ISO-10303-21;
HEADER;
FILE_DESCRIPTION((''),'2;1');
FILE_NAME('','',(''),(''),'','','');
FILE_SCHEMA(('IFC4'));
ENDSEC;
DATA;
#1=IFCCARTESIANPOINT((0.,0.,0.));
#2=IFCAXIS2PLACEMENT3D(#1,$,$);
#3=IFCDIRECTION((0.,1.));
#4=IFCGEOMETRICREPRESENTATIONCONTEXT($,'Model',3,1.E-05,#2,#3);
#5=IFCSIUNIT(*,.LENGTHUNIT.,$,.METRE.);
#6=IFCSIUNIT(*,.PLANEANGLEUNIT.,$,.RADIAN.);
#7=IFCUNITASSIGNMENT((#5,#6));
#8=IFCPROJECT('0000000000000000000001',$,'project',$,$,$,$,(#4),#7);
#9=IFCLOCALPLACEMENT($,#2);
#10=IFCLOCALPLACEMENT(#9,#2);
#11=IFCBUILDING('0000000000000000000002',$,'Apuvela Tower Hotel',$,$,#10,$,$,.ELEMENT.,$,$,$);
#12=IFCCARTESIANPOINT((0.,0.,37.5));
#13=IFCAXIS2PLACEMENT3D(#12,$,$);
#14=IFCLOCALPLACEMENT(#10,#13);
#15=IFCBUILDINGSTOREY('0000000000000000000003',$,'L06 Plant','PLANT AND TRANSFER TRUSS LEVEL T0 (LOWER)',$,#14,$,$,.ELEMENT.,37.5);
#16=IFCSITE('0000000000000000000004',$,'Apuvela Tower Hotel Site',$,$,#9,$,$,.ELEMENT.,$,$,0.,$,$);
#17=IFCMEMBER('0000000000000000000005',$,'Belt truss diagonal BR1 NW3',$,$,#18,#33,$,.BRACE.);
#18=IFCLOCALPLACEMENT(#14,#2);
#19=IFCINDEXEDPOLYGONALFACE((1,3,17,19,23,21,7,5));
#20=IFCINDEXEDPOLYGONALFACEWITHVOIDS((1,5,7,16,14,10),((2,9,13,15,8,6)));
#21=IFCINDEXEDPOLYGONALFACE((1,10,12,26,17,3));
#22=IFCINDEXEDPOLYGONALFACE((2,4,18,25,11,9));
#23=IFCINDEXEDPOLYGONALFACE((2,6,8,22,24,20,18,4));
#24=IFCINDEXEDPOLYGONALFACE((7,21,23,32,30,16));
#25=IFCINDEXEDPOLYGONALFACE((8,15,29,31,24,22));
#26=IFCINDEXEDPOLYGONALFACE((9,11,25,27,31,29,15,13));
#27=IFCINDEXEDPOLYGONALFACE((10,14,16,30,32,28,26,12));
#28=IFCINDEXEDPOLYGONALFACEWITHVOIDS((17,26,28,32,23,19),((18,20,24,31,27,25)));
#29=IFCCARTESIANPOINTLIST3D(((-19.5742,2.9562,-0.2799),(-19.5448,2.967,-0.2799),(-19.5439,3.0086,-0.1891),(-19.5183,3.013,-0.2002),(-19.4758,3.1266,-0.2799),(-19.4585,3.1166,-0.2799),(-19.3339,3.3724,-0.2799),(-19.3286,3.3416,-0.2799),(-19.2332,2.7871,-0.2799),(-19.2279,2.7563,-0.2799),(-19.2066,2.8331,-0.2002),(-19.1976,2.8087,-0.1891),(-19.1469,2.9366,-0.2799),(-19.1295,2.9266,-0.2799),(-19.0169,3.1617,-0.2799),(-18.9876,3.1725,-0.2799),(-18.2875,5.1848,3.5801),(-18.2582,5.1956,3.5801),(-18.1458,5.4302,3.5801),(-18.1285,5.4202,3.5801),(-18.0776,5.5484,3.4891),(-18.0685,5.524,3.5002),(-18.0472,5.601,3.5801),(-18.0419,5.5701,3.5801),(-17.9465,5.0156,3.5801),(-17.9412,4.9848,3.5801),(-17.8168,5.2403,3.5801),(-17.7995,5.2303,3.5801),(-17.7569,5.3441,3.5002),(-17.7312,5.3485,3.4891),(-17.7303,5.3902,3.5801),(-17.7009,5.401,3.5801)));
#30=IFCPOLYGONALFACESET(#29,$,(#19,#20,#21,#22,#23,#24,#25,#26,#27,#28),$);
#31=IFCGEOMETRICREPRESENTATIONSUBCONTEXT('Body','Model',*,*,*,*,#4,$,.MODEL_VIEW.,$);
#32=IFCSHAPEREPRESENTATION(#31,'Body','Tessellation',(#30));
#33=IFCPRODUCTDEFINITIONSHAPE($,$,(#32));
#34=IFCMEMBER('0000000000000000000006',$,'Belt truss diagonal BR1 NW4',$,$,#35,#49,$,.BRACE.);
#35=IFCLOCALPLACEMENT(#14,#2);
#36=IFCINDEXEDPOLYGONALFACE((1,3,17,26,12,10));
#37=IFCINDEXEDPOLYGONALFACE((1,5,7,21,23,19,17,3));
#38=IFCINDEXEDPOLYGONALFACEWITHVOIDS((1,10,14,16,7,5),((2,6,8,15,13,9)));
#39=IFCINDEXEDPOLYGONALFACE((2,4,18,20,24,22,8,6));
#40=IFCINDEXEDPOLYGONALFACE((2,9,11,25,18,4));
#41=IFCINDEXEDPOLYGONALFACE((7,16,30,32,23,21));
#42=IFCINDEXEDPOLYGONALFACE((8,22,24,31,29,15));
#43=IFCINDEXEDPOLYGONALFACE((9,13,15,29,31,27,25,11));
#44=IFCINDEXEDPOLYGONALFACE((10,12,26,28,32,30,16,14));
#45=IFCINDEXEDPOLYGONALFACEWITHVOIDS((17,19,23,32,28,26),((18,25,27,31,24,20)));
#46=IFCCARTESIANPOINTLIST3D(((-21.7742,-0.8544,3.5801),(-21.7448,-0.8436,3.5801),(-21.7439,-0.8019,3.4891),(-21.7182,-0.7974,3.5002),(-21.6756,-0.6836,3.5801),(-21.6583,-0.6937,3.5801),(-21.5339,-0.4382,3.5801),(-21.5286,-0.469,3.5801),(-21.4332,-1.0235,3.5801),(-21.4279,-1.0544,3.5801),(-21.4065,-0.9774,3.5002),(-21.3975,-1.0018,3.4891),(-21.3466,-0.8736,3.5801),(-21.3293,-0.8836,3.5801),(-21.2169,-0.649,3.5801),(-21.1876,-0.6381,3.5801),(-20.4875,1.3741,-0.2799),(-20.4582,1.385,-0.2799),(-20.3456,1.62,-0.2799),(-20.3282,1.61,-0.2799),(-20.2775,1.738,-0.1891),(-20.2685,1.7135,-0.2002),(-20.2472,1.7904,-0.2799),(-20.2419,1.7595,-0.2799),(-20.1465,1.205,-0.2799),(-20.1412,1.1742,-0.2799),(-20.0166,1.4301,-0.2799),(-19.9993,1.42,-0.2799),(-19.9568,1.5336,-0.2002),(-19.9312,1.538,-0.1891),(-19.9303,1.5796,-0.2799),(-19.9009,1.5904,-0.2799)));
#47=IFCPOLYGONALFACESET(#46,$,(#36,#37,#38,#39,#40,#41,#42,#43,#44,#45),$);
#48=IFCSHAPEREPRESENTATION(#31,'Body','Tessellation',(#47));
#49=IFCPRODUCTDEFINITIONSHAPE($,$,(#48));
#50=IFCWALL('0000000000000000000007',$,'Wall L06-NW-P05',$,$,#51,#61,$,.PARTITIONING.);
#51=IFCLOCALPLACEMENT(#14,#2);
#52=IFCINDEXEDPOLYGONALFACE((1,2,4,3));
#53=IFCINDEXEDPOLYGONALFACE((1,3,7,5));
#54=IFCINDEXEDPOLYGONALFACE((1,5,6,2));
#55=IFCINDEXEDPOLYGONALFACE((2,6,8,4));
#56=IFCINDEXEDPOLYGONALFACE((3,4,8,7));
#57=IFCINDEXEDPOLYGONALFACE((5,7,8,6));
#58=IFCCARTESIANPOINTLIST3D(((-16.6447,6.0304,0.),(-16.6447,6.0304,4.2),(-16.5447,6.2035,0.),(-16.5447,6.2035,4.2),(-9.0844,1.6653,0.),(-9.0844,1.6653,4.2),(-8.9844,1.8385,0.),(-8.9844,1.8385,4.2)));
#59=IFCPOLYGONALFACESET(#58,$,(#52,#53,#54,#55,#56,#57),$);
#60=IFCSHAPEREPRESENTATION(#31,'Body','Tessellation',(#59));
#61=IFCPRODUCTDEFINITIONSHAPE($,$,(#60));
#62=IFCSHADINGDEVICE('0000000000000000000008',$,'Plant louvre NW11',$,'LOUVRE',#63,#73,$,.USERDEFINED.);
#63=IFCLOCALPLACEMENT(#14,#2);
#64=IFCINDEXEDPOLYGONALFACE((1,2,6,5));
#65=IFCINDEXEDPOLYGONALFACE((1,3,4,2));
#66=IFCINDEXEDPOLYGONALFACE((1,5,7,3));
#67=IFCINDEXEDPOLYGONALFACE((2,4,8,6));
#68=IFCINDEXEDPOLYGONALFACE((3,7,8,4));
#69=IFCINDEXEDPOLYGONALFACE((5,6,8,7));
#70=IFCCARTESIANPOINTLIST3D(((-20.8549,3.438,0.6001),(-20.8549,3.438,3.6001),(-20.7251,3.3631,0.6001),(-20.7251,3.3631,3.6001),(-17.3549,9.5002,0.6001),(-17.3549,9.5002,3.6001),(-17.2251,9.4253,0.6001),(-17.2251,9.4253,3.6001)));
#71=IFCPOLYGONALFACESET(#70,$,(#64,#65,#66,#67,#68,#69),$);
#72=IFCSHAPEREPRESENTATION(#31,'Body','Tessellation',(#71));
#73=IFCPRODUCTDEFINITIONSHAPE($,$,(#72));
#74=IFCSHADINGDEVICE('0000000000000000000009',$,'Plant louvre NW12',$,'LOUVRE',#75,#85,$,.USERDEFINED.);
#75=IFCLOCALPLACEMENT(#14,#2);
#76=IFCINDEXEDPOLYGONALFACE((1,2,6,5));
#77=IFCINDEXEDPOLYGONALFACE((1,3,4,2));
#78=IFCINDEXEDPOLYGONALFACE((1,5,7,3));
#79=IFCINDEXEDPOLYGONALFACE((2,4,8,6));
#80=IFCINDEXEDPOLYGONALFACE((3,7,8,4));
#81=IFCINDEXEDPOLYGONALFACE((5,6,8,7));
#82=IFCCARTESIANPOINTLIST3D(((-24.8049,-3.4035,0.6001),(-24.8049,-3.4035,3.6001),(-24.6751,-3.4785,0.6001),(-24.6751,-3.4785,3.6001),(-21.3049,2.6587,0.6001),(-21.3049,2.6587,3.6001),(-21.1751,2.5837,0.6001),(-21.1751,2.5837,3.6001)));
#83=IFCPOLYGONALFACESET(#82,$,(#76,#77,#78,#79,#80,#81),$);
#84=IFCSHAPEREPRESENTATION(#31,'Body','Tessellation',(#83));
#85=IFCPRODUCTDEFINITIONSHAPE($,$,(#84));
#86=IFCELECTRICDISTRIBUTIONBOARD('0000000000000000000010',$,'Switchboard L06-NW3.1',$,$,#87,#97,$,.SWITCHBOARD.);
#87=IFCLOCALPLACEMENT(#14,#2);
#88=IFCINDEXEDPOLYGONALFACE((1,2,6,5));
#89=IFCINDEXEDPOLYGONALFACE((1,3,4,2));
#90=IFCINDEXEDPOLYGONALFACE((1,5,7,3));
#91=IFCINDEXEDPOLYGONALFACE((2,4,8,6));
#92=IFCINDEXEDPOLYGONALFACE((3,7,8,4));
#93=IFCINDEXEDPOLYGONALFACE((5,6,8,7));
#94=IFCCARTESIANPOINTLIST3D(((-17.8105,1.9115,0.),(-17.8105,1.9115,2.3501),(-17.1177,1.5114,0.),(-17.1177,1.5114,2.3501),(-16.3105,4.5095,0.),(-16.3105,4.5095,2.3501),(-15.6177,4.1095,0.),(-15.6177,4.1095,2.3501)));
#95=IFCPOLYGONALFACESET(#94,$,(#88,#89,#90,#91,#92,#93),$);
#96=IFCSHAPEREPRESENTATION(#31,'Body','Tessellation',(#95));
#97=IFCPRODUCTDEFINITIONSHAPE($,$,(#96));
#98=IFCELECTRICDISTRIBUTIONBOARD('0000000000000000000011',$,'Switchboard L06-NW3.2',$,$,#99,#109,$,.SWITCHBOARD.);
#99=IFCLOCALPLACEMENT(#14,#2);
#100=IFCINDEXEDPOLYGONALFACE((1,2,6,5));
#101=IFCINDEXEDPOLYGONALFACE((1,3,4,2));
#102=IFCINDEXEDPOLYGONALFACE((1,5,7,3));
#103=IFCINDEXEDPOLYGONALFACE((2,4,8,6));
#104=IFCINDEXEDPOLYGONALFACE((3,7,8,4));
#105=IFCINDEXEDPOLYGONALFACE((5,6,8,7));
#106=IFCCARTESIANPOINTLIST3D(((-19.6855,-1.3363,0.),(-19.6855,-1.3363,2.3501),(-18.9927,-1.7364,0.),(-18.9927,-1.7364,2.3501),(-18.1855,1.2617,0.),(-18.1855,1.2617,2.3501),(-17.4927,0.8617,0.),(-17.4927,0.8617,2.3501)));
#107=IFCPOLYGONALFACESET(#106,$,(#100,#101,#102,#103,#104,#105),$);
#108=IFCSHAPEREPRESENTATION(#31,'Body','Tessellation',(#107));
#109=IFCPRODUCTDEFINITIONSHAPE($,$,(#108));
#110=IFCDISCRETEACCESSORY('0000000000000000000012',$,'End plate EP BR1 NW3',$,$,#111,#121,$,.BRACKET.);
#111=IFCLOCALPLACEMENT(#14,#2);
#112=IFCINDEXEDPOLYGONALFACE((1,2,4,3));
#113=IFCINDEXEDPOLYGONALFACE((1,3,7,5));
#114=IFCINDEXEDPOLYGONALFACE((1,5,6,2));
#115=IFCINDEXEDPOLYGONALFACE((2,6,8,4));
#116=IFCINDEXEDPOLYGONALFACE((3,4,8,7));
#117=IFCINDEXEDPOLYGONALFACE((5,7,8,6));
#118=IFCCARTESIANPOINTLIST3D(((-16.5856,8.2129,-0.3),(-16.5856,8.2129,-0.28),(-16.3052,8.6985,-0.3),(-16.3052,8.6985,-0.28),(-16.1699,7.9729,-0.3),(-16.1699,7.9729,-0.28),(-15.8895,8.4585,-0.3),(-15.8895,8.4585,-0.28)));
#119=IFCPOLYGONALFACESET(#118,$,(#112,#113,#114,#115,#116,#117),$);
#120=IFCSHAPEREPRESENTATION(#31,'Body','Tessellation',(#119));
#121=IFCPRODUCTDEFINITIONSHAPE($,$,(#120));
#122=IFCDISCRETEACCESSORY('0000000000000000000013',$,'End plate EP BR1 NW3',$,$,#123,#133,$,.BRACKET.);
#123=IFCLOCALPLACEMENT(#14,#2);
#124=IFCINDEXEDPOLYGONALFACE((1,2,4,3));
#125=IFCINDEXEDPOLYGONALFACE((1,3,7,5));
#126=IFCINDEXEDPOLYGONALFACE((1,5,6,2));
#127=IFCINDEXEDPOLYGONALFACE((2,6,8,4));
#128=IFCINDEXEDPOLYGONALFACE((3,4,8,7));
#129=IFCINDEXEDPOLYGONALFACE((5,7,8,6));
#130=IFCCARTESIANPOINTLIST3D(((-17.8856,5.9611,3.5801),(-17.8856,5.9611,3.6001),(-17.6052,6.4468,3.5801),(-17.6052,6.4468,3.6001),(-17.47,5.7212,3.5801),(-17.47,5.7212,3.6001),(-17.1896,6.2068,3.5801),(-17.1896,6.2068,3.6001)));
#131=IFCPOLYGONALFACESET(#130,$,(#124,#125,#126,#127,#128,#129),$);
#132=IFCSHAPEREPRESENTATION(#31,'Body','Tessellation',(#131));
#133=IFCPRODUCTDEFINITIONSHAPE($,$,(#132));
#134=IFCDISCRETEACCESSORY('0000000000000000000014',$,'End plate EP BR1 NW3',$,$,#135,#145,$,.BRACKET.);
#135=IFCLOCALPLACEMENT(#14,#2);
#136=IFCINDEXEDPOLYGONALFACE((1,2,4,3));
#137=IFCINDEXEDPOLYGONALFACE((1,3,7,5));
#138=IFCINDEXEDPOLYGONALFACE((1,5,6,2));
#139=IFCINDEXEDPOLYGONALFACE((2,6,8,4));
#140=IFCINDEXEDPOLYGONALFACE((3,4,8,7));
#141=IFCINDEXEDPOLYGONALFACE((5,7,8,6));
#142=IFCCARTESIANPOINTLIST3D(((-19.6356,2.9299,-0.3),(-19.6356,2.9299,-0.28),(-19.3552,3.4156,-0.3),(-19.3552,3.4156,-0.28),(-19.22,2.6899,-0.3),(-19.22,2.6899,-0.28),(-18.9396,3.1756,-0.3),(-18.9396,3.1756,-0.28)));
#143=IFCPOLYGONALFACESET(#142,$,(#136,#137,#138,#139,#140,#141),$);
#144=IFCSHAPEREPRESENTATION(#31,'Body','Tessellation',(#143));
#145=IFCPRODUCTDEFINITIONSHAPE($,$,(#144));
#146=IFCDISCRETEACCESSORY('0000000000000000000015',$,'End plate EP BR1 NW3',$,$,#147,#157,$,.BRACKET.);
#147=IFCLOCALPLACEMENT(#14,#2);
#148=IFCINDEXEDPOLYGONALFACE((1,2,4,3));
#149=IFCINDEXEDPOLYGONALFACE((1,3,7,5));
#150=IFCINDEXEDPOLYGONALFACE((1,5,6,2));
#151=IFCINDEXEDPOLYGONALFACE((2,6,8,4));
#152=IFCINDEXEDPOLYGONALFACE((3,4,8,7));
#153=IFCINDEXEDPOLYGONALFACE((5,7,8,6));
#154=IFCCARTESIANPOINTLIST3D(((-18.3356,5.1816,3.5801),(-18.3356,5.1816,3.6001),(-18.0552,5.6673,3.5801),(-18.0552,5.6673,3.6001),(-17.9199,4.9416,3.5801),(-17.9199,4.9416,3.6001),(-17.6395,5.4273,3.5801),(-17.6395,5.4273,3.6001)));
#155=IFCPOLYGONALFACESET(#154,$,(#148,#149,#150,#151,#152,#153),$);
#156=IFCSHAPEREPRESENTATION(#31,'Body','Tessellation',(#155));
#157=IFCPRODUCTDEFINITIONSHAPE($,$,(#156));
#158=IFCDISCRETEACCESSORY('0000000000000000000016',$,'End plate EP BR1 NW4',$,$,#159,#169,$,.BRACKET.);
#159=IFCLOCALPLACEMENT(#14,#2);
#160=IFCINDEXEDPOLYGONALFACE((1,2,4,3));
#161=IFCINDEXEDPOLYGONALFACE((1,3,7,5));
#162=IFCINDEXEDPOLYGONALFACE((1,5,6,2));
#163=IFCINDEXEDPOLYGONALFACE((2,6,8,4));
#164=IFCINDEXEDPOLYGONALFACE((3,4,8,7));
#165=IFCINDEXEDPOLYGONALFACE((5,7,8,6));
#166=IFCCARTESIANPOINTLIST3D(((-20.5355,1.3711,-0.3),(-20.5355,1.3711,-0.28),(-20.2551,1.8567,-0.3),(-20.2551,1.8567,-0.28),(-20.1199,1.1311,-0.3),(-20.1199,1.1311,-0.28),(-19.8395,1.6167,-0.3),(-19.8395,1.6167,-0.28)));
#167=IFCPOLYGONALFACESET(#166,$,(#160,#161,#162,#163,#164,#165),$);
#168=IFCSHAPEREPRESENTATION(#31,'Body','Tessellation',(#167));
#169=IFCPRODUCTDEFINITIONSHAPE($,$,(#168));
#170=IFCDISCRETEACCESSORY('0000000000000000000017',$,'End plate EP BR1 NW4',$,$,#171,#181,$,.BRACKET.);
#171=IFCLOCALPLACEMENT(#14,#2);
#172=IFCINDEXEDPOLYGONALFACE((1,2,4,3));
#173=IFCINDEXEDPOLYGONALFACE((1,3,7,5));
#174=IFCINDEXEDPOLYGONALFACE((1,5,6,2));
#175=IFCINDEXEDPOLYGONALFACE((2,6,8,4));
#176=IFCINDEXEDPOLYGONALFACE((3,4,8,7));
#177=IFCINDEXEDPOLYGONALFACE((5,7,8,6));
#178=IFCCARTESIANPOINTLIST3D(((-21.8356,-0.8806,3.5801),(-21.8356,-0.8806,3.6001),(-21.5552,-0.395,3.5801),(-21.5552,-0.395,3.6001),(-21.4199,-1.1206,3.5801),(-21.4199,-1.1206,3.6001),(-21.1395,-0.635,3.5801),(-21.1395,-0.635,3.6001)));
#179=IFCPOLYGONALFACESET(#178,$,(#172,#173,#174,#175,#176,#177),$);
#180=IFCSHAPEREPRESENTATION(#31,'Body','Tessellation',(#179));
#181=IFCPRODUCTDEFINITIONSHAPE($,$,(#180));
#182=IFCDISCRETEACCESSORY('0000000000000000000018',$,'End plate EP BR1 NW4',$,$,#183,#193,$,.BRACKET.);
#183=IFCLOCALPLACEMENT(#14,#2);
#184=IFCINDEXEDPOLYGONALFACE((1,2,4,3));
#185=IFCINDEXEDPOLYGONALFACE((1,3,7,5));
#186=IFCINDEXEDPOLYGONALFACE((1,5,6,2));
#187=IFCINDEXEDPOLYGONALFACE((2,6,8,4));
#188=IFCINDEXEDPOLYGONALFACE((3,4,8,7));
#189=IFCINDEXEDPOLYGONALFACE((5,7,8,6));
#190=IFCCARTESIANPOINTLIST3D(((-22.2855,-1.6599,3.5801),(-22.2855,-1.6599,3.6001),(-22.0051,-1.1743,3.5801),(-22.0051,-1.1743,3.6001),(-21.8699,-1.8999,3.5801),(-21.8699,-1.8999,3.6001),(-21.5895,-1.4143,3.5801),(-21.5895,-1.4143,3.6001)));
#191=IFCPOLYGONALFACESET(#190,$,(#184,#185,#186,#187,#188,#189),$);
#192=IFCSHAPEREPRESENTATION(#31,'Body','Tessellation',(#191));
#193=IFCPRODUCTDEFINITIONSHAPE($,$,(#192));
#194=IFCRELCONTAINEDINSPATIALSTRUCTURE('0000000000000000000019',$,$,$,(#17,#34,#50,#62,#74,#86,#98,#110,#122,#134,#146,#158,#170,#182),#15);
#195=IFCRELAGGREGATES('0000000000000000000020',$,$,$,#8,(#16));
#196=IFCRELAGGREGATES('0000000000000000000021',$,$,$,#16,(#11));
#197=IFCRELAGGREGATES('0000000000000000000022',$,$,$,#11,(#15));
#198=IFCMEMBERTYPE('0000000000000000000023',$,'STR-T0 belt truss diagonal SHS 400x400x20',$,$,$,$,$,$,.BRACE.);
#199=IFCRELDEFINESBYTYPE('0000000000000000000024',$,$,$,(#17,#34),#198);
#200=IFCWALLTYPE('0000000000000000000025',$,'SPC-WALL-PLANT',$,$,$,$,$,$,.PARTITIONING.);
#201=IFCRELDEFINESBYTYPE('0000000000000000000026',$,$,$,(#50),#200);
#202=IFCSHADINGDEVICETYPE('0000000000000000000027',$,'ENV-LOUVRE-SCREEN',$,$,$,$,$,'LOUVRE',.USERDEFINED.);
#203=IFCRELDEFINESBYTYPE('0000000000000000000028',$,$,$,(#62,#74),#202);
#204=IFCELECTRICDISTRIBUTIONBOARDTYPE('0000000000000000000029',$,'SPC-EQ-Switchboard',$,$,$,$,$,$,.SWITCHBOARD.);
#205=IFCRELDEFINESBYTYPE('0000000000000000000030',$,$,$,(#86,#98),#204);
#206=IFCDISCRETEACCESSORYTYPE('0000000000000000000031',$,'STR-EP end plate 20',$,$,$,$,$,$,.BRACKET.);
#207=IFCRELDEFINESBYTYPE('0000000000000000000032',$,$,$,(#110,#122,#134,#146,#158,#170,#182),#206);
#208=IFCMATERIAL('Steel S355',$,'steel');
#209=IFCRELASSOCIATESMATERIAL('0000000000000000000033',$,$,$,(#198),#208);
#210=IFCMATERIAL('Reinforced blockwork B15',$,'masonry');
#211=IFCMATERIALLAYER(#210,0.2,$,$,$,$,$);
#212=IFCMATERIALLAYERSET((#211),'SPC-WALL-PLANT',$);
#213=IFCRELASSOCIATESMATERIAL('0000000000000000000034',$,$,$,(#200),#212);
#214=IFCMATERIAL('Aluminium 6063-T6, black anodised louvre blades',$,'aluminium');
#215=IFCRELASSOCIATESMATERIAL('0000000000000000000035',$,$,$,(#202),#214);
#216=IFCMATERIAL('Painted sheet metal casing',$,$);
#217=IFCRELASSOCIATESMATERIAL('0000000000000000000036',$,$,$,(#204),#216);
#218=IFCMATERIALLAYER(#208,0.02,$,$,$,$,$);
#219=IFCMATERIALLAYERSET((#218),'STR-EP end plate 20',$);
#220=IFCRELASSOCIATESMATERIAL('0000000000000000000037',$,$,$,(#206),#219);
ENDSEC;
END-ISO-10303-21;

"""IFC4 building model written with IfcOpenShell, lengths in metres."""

from ifc_helpers import new_model, si_unit, direction, frame, frame_2d, origin, origin_2d, place, context, subcontext, project, spatial, rectangle, hollow_rectangle, extrude, boolean, halfspace, material, layer, layer_set, material_profile, profile_set, type_object, element, save


model = new_model("IFC4")

# Units and contexts
model_context = context("Model", 3, precision=1e-05, world=origin(), true_north=direction((0.0, 1.0)))
body_context = subcontext(model_context, "Body", "Model", "MODEL_VIEW")
ifc_project = project(units=[si_unit("LENGTHUNIT", "METRE"), si_unit("PLANEANGLEUNIT", "RADIAN")], contexts=[model_context])

# Site, building, storey
site_placement = place(None, origin())
site = spatial("IfcSite", under=ifc_project, at=site_placement, Name="Apuvela Tower Hotel Site", CompositionType="ELEMENT", RefElevation=0.0)
building_placement = place(site_placement, origin())
building = spatial("IfcBuilding", under=site, at=building_placement, Name="Apuvela Tower Hotel", CompositionType="ELEMENT")
storey_placement = place(building_placement, frame((0.0, 0.0, 37.5)))
storey = spatial("IfcBuildingStorey", under=building, at=storey_placement, Name="L06 Plant", Description="PLANT AND TRANSFER TRUSS LEVEL T0 (LOWER)", CompositionType="ELEMENT", Elevation=37.5)

# Shared definitions
ifc_material_1 = material(Name="Steel S355", Category="steel")

# Members
ifc_material_profile_1 = material_profile(ifc_material_1, hollow_rectangle(XDim=0.3999, YDim=0.3999, WallThickness=0.02, at=origin_2d()), Name="SHS 400x400x20")
ifc_profile_set_1 = profile_set([ifc_material_profile_1], Name="Steel S355")
member_type_1 = type_object("IfcMemberType", Name="STR-T0 belt truss diagonal SHS 400x400x20", PredefinedType="BRACE", material=ifc_profile_set_1)
member_1_placement = place(storey_placement, frame((-19.2876, 3.0527, -0.3), z_axis=(0.277351, 0.480378, 0.832054), x_axis=(-0.416033, -0.720576, 0.554695)))
solid_1 = boolean("DIFFERENCE", boolean("DIFFERENCE", extrude(hollow_rectangle(XDim=0.3999, YDim=0.3999, WallThickness=0.02, at=origin_2d()), frame((0.0, 0.0, -0.2534)), (0.0, 0.0, 1.0), 5.1941), halfspace(frame((0.0, 0.0, 0.0242), z_axis=(0.554695, 0.0, 0.832054), x_axis=(0.832054, 0.0, -0.554695)), True)), halfspace(frame((0.0, 0.0, 4.6633), z_axis=(0.554695, 0.0, 0.832054), x_axis=(0.832054, 0.0, -0.554695)), False))
element("IfcMember", 1, at=member_1_placement, inside=storey, type_object=member_type_1, Name="Belt truss diagonal BR1 NW3", PredefinedType="BRACE", context=body_context, shape_type="SweptSolid", body=[
    boolean("UNION", boolean("DIFFERENCE", boolean("DIFFERENCE", extrude(hollow_rectangle(XDim=0.3999, YDim=0.3999, WallThickness=0.02, at=origin_2d()), origin(), (0.0, 0.0, 1.0), 4.6873), halfspace(frame((0.0, 0.0, 0.0242), z_axis=(0.554695, 0.0, 0.832054), x_axis=(0.832054, 0.0, -0.554695)), True)), halfspace(frame((0.0, 0.0, 4.6633), z_axis=(0.554695, 0.0, 0.832054), x_axis=(0.832054, 0.0, -0.554695)), False)), solid_1),
])
member_2_placement = place(storey_placement, frame((-20.1875, 1.4939, -0.3), z_axis=(-0.277351, -0.480378, 0.832054), x_axis=(0.416033, 0.720576, 0.554695)))
solid_2 = boolean("DIFFERENCE", boolean("DIFFERENCE", extrude(hollow_rectangle(XDim=0.3999, YDim=0.3999, WallThickness=0.02, at=origin_2d()), frame((0.0, 0.0, -0.2534)), (0.0, 0.0, 1.0), 5.1941), halfspace(frame((0.0, 0.0, 0.0242), z_axis=(0.554695, 0.0, 0.832054), x_axis=(0.832054, 0.0, -0.554695)), True)), halfspace(frame((0.0, 0.0, 4.6633), z_axis=(0.554695, 0.0, 0.832054), x_axis=(0.832054, 0.0, -0.554695)), False))
element("IfcMember", 2, at=member_2_placement, inside=storey, type_object=member_type_1, Name="Belt truss diagonal BR1 NW4", PredefinedType="BRACE", context=body_context, shape_type="SweptSolid", body=[
    boolean("UNION", boolean("DIFFERENCE", boolean("DIFFERENCE", extrude(hollow_rectangle(XDim=0.3999, YDim=0.3999, WallThickness=0.02, at=origin_2d()), origin(), (0.0, 0.0, 1.0), 4.6873), halfspace(frame((0.0, 0.0, 0.0242), z_axis=(0.554695, 0.0, 0.832054), x_axis=(0.832054, 0.0, -0.554695)), True)), halfspace(frame((0.0, 0.0, 4.6633), z_axis=(0.554695, 0.0, 0.832054), x_axis=(0.832054, 0.0, -0.554695)), False)), solid_2),
])

# Wall
ifc_material_2 = material(Name="Reinforced blockwork B15", Category="masonry")
ifc_layer_1 = layer(ifc_material_2, 0.2)
ifc_layer_set_1 = layer_set([ifc_layer_1], Name="SPC-WALL-PLANT")
wall_type = type_object("IfcWallType", Name="SPC-WALL-PLANT", PredefinedType="PARTITIONING", material=ifc_layer_set_1)
wall_placement = place(storey_placement, frame((-16.5947, 6.1169, 0.0), z_axis=(0.0, 0.0, 1.0), x_axis=(0.866023, -0.500004, 0.0)))
element("IfcWall", 3, at=wall_placement, inside=storey, type_object=wall_type, Name="Wall L06-NW-P05", PredefinedType="PARTITIONING", context=body_context, shape_type="SweptSolid", body=[
    extrude(rectangle(XDim=8.73, YDim=0.2, at=frame_2d((4.365, 0.0))), origin(), (0.0, 0.0, 1.0), 4.2),
])

# Shading devices
ifc_material_3 = material(Name="Aluminium 6063-T6, black anodised louvre blades", Category="aluminium")
shading_device_type = type_object("IfcShadingDeviceType", Name="ENV-LOUVRE-SCREEN", ElementType="LOUVRE", PredefinedType="USERDEFINED", material=ifc_material_3)
for number, where, z_axis, x_axis, name in (
    (4, (-19.04, 6.4316, 0.6001), (0.0, 0.0, 1.0), (-0.5, -0.866025, 0.0), "Plant louvre NW11"),
    (5, (-22.99, -0.4099, 0.6001), (0.0, 0.0, 1.0), (-0.5, -0.866025, 0.0), "Plant louvre NW12"),
):
    element("IfcShadingDevice", number, at=place(storey_placement, frame(where, z_axis=z_axis, x_axis=x_axis)), inside=storey, type_object=shading_device_type, Name=name, ObjectType="LOUVRE", PredefinedType="USERDEFINED", context=body_context, shape_type="SweptSolid", body=[
        extrude(rectangle(XDim=7.0, YDim=0.1499, at=origin_2d()), origin(), (0.0, 0.0, 1.0), 3.0),
    ])

# Electric distribution boards
ifc_material_4 = material(Name="Painted sheet metal casing")
electric_distribution_board_type = type_object("IfcElectricDistributionBoardType", Name="SPC-EQ-Switchboard", PredefinedType="SWITCHBOARD", material=ifc_material_4)
for number, where, z_axis, x_axis, name in (
    (6, (-16.7141, 3.0105, 0.0), (0.0, 0.0, 1.0), (-0.5, -0.866025, 0.0), "Switchboard L06-NW3.1"),
    (7, (-18.5891, -0.2373, 0.0), (0.0, 0.0, 1.0), (-0.5, -0.866025, 0.0), "Switchboard L06-NW3.2"),
):
    element("IfcElectricDistributionBoard", number, at=place(storey_placement, frame(where, z_axis=z_axis, x_axis=x_axis)), inside=storey, type_object=electric_distribution_board_type, Name=name, PredefinedType="SWITCHBOARD", context=body_context, shape_type="SweptSolid", body=[
        extrude(rectangle(XDim=3.0, YDim=0.8, at=origin_2d()), origin(), (0.0, 0.0, 1.0), 2.3501),
    ])

# Discrete accessories
ifc_layer_2 = layer(ifc_material_1, 0.02)
ifc_layer_set_2 = layer_set([ifc_layer_2], Name="STR-EP end plate 20")
discrete_accessory_type = type_object("IfcDiscreteAccessoryType", Name="STR-EP end plate 20", PredefinedType="BRACKET", material=ifc_layer_set_2)
for number, where, z_axis, x_axis, name in (
    (8, (-16.2375, 8.3357, -0.3), (0.0, 0.0, 1.0), (-0.5, -0.866025, 0.0), "End plate EP BR1 NW3"),
    (9, (-17.5376, 6.084, 3.5801), (0.0, 0.0, 1.0), (-0.5, -0.866025, 0.0), "End plate EP BR1 NW3"),
    (10, (-19.2876, 3.0527, -0.3), (0.0, 0.0, 1.0), (0.5, 0.866025, 0.0), "End plate EP BR1 NW3"),
    (11, (-17.9875, 5.3044, 3.5801), (0.0, 0.0, 1.0), (0.5, 0.866025, 0.0), "End plate EP BR1 NW3"),
    (12, (-20.1875, 1.4939, -0.3), (0.0, 0.0, 1.0), (-0.5, -0.866025, 0.0), "End plate EP BR1 NW4"),
    (13, (-21.4875, -0.7578, 3.5801), (0.0, 0.0, 1.0), (-0.5, -0.866025, 0.0), "End plate EP BR1 NW4"),
    (14, (-21.9375, -1.5371, 3.5801), (0.0, 0.0, 1.0), (0.5, 0.866025, 0.0), "End plate EP BR1 NW4"),
):
    element("IfcDiscreteAccessory", number, at=place(storey_placement, frame(where, z_axis=z_axis, x_axis=x_axis)), inside=storey, type_object=discrete_accessory_type, Name=name, PredefinedType="BRACKET", context=body_context, shape_type="SweptSolid", body=[
        extrude(rectangle(XDim=0.5608, YDim=0.48, at=origin_2d()), origin(), (0.0, 0.0, 1.0), 0.02),
    ])

save(model, "model.ifc")
